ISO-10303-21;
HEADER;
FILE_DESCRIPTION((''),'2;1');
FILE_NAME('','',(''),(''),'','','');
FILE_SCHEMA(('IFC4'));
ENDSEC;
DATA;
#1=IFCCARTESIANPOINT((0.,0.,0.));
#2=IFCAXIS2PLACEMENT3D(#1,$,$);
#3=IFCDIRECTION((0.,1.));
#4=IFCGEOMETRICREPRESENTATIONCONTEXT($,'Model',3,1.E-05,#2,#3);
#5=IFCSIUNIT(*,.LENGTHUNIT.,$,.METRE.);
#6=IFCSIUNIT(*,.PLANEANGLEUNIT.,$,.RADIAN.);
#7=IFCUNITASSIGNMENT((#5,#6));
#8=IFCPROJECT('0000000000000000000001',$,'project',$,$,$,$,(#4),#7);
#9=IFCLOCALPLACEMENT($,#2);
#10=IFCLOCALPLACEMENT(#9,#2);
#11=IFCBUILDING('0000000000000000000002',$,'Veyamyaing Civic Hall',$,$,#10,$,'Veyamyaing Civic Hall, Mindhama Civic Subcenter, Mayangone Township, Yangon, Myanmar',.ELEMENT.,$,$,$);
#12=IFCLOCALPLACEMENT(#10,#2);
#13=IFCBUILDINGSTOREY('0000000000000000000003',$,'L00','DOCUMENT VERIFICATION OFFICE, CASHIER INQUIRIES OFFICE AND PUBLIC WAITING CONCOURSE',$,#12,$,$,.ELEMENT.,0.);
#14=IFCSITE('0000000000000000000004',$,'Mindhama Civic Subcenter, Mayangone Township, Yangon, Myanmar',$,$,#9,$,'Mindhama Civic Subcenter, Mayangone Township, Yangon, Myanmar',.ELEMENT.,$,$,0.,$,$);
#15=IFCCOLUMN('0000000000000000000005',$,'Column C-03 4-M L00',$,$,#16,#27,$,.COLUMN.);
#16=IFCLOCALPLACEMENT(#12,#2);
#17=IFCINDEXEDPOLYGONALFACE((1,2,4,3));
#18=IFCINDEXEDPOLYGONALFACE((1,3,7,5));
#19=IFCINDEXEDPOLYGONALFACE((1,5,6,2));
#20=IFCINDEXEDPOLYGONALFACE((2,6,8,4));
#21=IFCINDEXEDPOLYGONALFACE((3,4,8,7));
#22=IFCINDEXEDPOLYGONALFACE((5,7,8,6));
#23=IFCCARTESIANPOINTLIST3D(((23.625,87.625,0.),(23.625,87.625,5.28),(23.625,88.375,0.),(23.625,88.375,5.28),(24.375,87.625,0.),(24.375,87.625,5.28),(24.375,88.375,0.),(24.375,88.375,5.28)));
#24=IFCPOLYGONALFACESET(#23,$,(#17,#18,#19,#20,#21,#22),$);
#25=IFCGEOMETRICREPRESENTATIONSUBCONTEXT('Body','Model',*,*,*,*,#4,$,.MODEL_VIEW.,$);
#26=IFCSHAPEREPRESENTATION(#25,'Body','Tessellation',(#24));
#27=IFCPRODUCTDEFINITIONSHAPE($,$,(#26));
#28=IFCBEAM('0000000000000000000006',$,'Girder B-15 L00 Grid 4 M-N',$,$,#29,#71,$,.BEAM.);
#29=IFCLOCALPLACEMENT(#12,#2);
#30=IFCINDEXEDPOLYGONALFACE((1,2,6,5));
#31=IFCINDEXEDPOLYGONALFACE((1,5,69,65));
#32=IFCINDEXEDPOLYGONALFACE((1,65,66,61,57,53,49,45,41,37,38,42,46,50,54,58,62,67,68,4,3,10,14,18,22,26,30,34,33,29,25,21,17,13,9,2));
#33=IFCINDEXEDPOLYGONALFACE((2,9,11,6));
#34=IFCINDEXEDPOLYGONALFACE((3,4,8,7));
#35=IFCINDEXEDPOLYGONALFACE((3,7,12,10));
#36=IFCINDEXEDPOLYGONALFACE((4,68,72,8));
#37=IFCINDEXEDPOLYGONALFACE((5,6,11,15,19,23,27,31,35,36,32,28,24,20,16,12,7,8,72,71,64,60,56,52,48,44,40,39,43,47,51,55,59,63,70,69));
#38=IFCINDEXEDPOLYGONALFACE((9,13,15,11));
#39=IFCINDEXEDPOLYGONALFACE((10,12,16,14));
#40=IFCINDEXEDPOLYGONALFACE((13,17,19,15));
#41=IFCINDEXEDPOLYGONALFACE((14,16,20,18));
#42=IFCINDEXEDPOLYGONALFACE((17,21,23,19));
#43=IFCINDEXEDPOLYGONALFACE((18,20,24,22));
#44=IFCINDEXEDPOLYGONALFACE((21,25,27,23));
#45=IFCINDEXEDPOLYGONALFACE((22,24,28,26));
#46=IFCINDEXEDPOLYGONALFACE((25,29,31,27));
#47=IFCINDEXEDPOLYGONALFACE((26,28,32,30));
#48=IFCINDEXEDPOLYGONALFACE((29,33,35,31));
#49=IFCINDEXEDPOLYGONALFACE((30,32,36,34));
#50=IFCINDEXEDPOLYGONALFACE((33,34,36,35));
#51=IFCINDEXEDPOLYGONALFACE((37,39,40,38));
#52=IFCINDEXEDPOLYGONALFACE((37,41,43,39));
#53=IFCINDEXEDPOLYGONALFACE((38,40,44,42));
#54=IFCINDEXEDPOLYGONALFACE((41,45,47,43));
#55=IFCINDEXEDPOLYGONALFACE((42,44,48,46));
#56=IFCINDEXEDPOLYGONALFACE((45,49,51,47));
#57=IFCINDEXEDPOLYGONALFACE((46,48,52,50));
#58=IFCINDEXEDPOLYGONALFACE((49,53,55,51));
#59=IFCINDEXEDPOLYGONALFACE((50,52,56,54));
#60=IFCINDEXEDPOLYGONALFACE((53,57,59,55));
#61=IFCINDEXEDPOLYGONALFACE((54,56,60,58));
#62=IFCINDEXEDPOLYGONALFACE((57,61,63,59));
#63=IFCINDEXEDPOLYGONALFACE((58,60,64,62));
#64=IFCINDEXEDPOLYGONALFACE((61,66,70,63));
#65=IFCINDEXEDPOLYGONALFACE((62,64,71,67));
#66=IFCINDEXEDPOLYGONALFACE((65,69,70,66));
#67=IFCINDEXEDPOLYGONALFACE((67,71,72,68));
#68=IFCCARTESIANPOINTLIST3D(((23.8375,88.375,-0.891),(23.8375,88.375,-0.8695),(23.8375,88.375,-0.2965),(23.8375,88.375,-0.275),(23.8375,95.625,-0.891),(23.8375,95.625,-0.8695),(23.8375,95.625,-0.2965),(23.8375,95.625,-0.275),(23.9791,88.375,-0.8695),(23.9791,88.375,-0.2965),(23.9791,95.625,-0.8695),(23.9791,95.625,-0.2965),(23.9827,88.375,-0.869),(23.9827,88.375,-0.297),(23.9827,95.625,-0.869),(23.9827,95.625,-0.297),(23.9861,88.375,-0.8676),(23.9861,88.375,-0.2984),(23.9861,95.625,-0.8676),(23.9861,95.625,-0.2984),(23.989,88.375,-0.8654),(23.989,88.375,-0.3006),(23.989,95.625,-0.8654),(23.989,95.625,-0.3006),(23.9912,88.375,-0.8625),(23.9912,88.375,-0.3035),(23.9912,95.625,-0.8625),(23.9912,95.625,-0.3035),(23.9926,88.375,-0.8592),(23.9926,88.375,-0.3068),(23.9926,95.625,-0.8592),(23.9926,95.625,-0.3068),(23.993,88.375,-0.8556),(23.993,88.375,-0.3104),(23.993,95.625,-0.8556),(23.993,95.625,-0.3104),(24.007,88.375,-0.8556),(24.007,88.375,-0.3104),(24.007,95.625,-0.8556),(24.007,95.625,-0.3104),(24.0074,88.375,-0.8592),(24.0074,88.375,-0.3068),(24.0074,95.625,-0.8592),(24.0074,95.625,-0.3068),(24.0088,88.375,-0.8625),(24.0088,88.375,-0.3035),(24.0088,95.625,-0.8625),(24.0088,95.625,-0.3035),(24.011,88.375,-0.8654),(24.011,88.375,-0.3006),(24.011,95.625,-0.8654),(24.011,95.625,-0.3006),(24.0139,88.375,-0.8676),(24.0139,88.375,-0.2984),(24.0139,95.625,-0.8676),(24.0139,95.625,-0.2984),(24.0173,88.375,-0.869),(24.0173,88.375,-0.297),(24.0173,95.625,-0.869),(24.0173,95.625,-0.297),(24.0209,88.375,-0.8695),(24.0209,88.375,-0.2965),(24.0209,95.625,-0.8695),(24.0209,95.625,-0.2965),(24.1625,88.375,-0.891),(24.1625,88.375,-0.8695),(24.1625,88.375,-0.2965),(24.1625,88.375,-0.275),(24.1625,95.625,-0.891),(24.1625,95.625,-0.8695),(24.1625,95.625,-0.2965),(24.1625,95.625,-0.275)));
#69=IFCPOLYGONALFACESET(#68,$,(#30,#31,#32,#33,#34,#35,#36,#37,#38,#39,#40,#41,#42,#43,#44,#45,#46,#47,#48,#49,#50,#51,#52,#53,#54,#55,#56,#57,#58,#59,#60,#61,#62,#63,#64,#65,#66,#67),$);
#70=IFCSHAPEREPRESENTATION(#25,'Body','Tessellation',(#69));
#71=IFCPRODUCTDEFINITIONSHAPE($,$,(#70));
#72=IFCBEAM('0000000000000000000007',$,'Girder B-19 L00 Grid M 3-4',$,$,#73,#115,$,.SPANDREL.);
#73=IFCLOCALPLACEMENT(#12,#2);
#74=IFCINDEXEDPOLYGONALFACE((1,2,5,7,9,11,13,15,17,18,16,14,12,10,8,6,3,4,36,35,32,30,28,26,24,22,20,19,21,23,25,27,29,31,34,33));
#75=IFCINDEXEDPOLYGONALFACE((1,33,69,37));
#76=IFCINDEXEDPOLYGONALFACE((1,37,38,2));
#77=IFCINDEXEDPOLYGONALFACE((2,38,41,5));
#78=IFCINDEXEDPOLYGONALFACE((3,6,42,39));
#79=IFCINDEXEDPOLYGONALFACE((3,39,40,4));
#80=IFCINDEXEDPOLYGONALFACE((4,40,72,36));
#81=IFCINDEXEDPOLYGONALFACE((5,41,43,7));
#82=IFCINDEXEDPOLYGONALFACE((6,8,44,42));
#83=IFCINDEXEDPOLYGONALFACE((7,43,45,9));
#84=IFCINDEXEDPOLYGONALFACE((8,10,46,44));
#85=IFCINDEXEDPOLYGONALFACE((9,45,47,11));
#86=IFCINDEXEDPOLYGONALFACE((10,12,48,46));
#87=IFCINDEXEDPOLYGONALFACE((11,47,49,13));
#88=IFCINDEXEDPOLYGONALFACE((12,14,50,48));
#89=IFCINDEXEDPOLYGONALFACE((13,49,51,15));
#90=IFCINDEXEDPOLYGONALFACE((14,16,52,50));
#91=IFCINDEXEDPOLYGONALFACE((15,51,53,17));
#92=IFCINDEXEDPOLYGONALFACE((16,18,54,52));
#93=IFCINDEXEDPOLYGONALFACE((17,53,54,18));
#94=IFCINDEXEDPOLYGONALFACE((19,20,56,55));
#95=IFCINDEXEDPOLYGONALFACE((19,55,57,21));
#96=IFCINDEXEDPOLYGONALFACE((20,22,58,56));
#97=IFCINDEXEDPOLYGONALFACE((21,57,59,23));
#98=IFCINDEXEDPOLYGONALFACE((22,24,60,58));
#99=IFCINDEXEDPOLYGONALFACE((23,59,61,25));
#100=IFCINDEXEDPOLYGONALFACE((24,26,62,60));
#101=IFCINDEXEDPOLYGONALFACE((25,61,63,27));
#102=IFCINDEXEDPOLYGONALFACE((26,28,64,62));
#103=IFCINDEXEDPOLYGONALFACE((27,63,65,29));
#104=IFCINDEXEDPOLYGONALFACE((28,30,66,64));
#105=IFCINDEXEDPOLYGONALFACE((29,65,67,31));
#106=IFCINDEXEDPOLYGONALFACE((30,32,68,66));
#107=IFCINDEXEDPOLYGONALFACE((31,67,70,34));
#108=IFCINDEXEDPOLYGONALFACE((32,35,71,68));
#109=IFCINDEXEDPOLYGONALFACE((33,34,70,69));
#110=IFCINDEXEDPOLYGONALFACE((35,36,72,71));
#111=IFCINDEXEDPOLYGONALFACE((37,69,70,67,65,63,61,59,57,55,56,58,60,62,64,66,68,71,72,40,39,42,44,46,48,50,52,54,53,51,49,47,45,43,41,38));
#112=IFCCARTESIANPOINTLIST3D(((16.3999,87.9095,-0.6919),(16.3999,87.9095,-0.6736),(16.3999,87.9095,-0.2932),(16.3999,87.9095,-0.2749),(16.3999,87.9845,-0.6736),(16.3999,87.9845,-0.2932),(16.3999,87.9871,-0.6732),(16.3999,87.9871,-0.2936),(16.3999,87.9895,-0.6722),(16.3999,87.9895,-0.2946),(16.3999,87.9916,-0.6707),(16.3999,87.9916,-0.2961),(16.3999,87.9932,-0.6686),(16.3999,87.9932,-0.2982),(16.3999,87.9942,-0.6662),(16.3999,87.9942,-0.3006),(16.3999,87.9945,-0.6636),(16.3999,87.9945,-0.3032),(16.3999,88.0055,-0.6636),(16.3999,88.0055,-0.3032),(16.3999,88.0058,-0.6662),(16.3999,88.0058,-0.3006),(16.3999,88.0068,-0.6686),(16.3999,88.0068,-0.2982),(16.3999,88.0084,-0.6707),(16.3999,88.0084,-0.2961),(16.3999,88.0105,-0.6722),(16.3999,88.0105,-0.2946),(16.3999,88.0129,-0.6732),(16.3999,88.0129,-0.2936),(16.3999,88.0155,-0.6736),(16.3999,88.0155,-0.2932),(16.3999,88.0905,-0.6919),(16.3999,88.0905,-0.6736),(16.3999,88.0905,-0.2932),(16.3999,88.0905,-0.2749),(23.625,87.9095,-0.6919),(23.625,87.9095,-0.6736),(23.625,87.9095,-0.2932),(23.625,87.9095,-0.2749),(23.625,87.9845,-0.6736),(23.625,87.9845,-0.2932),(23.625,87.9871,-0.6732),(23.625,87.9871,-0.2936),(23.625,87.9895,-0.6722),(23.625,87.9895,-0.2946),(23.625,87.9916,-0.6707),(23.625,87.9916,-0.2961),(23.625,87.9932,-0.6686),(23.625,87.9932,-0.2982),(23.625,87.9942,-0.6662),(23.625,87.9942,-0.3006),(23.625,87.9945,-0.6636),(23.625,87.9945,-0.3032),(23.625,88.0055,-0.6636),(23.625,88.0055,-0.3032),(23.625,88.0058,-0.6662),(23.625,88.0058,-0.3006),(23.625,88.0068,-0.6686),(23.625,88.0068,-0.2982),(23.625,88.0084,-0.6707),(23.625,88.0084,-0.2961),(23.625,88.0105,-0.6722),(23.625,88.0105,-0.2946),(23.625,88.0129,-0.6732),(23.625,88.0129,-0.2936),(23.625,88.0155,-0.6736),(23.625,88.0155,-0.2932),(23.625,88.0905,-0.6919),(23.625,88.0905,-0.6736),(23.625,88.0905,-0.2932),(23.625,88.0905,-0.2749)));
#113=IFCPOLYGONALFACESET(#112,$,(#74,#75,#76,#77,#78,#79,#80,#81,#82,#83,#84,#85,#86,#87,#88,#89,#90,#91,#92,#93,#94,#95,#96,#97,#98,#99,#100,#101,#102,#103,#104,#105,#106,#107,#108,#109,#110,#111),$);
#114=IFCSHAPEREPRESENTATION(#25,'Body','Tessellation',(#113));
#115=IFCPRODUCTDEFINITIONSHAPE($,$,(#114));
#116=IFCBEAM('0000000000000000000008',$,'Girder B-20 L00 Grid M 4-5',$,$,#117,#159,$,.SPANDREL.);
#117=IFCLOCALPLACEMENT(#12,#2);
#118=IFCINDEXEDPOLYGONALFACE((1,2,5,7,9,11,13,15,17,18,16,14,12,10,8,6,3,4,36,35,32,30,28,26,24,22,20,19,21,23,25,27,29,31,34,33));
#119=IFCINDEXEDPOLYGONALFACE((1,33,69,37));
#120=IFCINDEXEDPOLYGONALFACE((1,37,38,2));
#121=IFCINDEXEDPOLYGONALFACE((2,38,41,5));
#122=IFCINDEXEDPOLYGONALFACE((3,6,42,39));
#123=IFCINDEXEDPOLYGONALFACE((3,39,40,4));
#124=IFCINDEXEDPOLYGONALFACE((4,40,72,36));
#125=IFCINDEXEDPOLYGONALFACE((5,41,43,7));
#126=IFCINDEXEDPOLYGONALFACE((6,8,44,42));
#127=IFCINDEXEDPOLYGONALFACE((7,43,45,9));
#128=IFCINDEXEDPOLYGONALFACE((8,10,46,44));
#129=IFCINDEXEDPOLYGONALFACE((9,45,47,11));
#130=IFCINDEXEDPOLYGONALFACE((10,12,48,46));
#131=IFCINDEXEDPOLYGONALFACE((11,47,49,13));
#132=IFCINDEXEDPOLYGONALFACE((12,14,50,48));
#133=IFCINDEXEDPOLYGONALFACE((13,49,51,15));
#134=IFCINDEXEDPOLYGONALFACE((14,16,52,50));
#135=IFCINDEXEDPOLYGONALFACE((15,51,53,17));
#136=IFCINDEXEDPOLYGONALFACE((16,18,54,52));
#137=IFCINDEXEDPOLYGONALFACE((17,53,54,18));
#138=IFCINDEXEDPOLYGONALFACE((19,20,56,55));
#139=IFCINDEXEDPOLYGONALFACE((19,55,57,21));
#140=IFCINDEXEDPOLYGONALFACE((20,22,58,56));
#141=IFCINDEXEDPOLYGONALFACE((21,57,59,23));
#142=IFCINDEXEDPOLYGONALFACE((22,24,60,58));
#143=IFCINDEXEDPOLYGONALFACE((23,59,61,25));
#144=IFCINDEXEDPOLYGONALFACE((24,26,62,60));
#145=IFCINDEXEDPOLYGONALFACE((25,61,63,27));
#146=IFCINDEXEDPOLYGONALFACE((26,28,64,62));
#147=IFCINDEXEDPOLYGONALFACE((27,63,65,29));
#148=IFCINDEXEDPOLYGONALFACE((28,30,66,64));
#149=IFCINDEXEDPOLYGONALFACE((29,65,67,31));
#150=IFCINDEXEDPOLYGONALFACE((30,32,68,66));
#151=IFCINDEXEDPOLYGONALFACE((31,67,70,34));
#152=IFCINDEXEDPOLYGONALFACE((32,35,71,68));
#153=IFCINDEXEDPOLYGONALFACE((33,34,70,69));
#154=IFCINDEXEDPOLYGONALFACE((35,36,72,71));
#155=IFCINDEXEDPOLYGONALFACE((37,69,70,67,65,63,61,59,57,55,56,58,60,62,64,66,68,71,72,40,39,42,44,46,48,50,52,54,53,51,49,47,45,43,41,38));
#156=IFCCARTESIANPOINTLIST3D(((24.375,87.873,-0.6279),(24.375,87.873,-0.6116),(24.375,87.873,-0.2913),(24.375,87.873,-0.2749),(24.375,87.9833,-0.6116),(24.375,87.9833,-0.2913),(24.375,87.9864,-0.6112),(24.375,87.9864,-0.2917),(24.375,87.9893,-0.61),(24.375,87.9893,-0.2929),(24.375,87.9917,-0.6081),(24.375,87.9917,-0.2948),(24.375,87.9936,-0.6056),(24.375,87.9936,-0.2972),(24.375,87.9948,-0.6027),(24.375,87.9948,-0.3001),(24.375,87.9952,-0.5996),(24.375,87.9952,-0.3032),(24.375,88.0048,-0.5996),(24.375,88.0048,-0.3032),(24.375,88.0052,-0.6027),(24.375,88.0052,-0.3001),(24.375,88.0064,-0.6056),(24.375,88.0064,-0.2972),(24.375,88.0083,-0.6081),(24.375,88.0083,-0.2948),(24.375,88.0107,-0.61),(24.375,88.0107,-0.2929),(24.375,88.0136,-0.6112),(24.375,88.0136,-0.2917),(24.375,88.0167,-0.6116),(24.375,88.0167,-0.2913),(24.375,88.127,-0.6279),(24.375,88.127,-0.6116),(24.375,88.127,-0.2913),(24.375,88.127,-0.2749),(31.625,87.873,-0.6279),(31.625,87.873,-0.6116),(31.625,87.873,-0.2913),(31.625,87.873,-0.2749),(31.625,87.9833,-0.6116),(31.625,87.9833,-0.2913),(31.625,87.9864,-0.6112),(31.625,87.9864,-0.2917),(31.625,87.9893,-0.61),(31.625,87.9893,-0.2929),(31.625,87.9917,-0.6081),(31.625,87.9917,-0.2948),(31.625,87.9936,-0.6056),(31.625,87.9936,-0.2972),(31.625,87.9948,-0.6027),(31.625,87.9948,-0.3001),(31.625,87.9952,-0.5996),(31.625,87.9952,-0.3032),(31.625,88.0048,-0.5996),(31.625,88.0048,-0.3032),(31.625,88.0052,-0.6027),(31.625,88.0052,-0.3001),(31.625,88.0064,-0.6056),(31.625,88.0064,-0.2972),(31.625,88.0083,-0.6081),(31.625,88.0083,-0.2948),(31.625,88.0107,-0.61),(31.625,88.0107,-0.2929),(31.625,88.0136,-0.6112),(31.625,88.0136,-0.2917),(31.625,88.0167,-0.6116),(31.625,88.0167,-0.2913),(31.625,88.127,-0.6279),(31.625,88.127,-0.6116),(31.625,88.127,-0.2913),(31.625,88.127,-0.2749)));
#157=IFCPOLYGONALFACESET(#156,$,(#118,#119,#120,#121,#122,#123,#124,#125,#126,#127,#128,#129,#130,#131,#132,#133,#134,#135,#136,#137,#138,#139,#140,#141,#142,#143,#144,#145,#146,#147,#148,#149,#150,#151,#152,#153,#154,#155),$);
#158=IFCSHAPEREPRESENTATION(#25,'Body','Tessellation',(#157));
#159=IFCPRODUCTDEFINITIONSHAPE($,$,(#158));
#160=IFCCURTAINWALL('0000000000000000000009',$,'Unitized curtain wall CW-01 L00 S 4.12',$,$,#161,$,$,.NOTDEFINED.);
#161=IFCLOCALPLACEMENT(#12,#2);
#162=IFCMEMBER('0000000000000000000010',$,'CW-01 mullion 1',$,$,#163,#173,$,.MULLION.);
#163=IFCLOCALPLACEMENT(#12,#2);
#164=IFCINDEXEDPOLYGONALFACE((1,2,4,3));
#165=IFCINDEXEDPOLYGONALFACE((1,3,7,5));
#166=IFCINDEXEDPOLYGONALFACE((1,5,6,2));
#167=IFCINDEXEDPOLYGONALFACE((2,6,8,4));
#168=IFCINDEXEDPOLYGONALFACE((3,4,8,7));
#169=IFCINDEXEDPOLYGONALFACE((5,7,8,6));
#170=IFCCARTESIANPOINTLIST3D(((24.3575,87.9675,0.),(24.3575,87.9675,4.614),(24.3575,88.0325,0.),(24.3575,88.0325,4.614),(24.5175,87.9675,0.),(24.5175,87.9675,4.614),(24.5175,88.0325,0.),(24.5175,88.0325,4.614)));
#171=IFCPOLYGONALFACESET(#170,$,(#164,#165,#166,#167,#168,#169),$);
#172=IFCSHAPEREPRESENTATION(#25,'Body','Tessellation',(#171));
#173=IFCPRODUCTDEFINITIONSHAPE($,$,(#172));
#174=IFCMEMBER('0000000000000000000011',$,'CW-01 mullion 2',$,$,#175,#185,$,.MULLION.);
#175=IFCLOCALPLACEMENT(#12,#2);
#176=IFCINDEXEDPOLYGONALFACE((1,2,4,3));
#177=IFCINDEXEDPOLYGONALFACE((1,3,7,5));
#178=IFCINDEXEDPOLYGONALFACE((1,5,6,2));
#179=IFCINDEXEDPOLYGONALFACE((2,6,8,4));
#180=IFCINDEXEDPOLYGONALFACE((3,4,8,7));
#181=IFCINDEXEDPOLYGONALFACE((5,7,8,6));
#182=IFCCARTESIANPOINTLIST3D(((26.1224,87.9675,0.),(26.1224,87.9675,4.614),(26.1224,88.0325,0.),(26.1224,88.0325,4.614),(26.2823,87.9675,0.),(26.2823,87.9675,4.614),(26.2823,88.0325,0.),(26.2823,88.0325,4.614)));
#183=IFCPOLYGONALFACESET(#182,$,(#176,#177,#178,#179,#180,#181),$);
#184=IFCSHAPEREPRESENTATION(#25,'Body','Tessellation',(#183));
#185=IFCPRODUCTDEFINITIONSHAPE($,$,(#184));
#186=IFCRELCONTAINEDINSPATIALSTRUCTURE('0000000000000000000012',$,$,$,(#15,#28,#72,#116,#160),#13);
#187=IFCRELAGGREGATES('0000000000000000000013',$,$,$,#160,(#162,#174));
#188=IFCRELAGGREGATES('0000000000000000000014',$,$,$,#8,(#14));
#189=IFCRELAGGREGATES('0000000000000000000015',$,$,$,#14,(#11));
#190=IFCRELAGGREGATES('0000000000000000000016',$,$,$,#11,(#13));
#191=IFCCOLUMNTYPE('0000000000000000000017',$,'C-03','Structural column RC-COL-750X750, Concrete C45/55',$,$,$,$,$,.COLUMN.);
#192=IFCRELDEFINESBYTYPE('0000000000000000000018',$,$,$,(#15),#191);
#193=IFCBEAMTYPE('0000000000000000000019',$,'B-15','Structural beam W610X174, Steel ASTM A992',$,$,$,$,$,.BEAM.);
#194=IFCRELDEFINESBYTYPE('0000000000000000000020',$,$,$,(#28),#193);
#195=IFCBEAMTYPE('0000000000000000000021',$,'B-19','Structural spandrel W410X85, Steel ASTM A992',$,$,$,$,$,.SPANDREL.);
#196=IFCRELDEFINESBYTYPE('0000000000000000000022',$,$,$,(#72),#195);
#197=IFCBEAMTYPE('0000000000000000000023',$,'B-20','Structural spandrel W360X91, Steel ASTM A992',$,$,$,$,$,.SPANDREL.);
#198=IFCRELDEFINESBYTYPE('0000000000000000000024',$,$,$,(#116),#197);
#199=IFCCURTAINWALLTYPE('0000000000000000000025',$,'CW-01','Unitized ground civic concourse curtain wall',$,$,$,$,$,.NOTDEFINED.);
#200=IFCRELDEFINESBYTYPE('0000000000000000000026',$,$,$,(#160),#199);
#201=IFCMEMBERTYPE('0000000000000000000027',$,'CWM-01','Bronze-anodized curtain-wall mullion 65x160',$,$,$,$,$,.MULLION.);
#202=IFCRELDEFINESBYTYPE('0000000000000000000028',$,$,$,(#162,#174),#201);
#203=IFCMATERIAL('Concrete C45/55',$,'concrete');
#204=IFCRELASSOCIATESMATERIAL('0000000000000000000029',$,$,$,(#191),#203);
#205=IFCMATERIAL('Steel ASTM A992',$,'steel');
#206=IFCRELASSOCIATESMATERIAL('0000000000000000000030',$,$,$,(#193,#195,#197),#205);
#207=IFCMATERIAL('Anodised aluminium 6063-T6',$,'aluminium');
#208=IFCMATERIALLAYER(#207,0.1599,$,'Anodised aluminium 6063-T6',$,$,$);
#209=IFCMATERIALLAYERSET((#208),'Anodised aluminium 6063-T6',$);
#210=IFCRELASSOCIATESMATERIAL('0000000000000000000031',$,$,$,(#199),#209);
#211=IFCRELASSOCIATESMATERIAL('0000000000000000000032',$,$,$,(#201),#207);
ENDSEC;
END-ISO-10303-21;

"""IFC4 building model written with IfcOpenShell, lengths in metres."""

from ifc_helpers import new_model, si_unit, direction, frame, origin, origin_2d, place, context, subcontext, project, spatial, rectangle, i_section, extrude, material, layer, layer_set, material_profile, profile_set, type_object, element, aggregate, save


model = new_model("IFC4")

# Units and contexts
model_context = context("Model", 3, precision=1e-05, world=origin(), true_north=direction((0.0, 1.0)))
body_context = subcontext(model_context, "Body", "Model", "MODEL_VIEW")
ifc_project = project(units=[si_unit("LENGTHUNIT", "METRE"), si_unit("PLANEANGLEUNIT", "RADIAN")], contexts=[model_context])

# Site, building, storey
site_placement = place(None, origin())
site = spatial("IfcSite", under=ifc_project, at=site_placement, Name="Mindhama Civic Subcenter, Mayangone Township, Yangon, Myanmar", LongName="Mindhama Civic Subcenter, Mayangone Township, Yangon, Myanmar", CompositionType="ELEMENT", RefElevation=0.0)
building_placement = place(site_placement, origin())
building = spatial("IfcBuilding", under=site, at=building_placement, Name="Veyamyaing Civic Hall", LongName="Veyamyaing Civic Hall, Mindhama Civic Subcenter, Mayangone Township, Yangon, Myanmar", CompositionType="ELEMENT")
storey_placement = place(building_placement, origin())
storey = spatial("IfcBuildingStorey", under=building, at=storey_placement, Name="L00", Description="DOCUMENT VERIFICATION OFFICE, CASHIER INQUIRIES OFFICE AND PUBLIC WAITING CONCOURSE", CompositionType="ELEMENT", Elevation=0.0)

# Column
ifc_material_1 = material(Name="Concrete C45/55", Category="concrete")
ifc_material_profile_1 = material_profile(ifc_material_1, rectangle(XDim=0.75, YDim=0.75, at=origin_2d()), Name="RC-COL-750X750")
ifc_profile_set_1 = profile_set([ifc_material_profile_1], Name="Concrete C45/55")
column_type = type_object("IfcColumnType", Name="C-03", Description="Structural column RC-COL-750X750, Concrete C45/55", PredefinedType="COLUMN", material=ifc_profile_set_1)
column_placement = place(storey_placement, frame((24.0, 88.0, 0.0), z_axis=(0.0, 0.0, 1.0), x_axis=(1.0, 0.0, 0.0)))
element("IfcColumn", 1, at=column_placement, inside=storey, type_object=column_type, Name="Column C-03 4-M L00", PredefinedType="COLUMN", context=body_context, shape_type="SweptSolid", body=[
    extrude(rectangle(XDim=0.75, YDim=0.75, at=origin_2d()), origin(), (0.0, 0.0, 1.0), 5.28),
])

# Beams
ifc_material_2 = material(Name="Steel ASTM A992", Category="steel")
ifc_material_profile_2 = material_profile(ifc_material_2, i_section(OverallWidth=0.325, OverallDepth=0.616, WebThickness=0.0139, FlangeThickness=0.0215, FilletRadius=0.0139, at=origin_2d()), Name="W610X174")
ifc_profile_set_2 = profile_set([ifc_material_profile_2], Name="Steel ASTM A992")
beam_type_1 = type_object("IfcBeamType", Name="B-15", Description="Structural beam W610X174, Steel ASTM A992", PredefinedType="BEAM", material=ifc_profile_set_2)
beam_1_placement = place(storey_placement, frame((24.0, 88.375, -0.583), z_axis=(0.0, 1.0, 0.0), x_axis=(-1.0, 0.0, 0.0)))
element("IfcBeam", 2, at=beam_1_placement, inside=storey, type_object=beam_type_1, Name="Girder B-15 L00 Grid 4 M-N", PredefinedType="BEAM", context=body_context, shape_type="SweptSolid", body=[
    extrude(i_section(OverallWidth=0.325, OverallDepth=0.616, WebThickness=0.0139, FlangeThickness=0.0215, FilletRadius=0.0139, at=origin_2d()), origin(), (0.0, 0.0, 1.0), 7.25),
])
ifc_material_profile_3 = material_profile(ifc_material_2, i_section(OverallWidth=0.1809, OverallDepth=0.417, WebThickness=0.011, FlangeThickness=0.0183, FilletRadius=0.01, at=origin_2d()), Name="W410X85")
ifc_profile_set_3 = profile_set([ifc_material_profile_3], Name="Steel ASTM A992")
beam_type_2 = type_object("IfcBeamType", Name="B-19", Description="Structural spandrel W410X85, Steel ASTM A992", PredefinedType="SPANDREL", material=ifc_profile_set_3)
beam_2_placement = place(storey_placement, frame((16.3999, 88.0, -0.4834), z_axis=(1.0, 0.0, 0.0), x_axis=(0.0, 1.0, 0.0)))
element("IfcBeam", 3, at=beam_2_placement, inside=storey, type_object=beam_type_2, Name="Girder B-19 L00 Grid M 3-4", PredefinedType="SPANDREL", context=body_context, shape_type="SweptSolid", body=[
    extrude(i_section(OverallWidth=0.1809, OverallDepth=0.417, WebThickness=0.011, FlangeThickness=0.0183, FilletRadius=0.01, at=origin_2d()), origin(), (0.0, 0.0, 1.0), 7.2251),
])
ifc_material_profile_4 = material_profile(ifc_material_2, i_section(OverallWidth=0.2539, OverallDepth=0.353, WebThickness=0.0095, FlangeThickness=0.0164, FilletRadius=0.012, at=origin_2d()), Name="W360X91")
ifc_profile_set_4 = profile_set([ifc_material_profile_4], Name="Steel ASTM A992")
beam_type_3 = type_object("IfcBeamType", Name="B-20", Description="Structural spandrel W360X91, Steel ASTM A992", PredefinedType="SPANDREL", material=ifc_profile_set_4)
beam_3_placement = place(storey_placement, frame((24.375, 88.0, -0.4514), z_axis=(1.0, 0.0, 0.0), x_axis=(0.0, 1.0, 0.0)))
element("IfcBeam", 4, at=beam_3_placement, inside=storey, type_object=beam_type_3, Name="Girder B-20 L00 Grid M 4-5", PredefinedType="SPANDREL", context=body_context, shape_type="SweptSolid", body=[
    extrude(i_section(OverallWidth=0.2539, OverallDepth=0.353, WebThickness=0.0095, FlangeThickness=0.0164, FilletRadius=0.012, at=origin_2d()), origin(), (0.0, 0.0, 1.0), 7.25),
])

# Curtain wall, members
ifc_material_3 = material(Name="Anodised aluminium 6063-T6", Category="aluminium")
ifc_layer_1 = layer(ifc_material_3, 0.1599, Name="Anodised aluminium 6063-T6")
ifc_layer_set_1 = layer_set([ifc_layer_1], Name="Anodised aluminium 6063-T6")
curtain_wall_type = type_object("IfcCurtainWallType", Name="CW-01", Description="Unitized ground civic concourse curtain wall", PredefinedType="NOTDEFINED", material=ifc_layer_set_1)
curtain_wall_placement = place(storey_placement, origin())
curtain_wall = element("IfcCurtainWall", 5, at=curtain_wall_placement, inside=storey, type_object=curtain_wall_type, Name="Unitized curtain wall CW-01 L00 S 4.12", PredefinedType="NOTDEFINED")
ifc_material_profile_5 = material_profile(ifc_material_3, rectangle(XDim=0.0649, YDim=0.1599, at=origin_2d()), Name="ALU-MUL-65X160")
ifc_profile_set_5 = profile_set([ifc_material_profile_5], Name="Anodised aluminium 6063-T6")
member_type_1 = type_object("IfcMemberType", Name="CWM-01", Description="Bronze-anodized curtain-wall mullion 65x160", PredefinedType="MULLION", material=ifc_profile_set_5)
member_1_placement = place(storey_placement, frame((24.4375, 88.0, 0.0), z_axis=(0.0, 0.0, 1.0), x_axis=(0.0, 1.0, 0.0)))
member_1 = element("IfcMember", 6, at=member_1_placement, type_object=member_type_1, Name="CW-01 mullion 1", PredefinedType="MULLION", context=body_context, shape_type="SweptSolid", body=[
    extrude(rectangle(XDim=0.0649, YDim=0.1599, at=origin_2d()), origin(), (0.0, 0.0, 1.0), 4.614),
])
member_2_placement = place(storey_placement, frame((26.2024, 88.0, 0.0), z_axis=(0.0, 0.0, 1.0), x_axis=(0.0, 1.0, 0.0)))
member_2 = element("IfcMember", 7, at=member_2_placement, type_object=member_type_1, Name="CW-01 mullion 2", PredefinedType="MULLION", context=body_context, shape_type="SweptSolid", body=[
    extrude(rectangle(XDim=0.0649, YDim=0.1599, at=origin_2d()), origin(), (0.0, 0.0, 1.0), 4.614),
])

aggregate(curtain_wall, [member_1, member_2])

save(model, "model.ifc")
